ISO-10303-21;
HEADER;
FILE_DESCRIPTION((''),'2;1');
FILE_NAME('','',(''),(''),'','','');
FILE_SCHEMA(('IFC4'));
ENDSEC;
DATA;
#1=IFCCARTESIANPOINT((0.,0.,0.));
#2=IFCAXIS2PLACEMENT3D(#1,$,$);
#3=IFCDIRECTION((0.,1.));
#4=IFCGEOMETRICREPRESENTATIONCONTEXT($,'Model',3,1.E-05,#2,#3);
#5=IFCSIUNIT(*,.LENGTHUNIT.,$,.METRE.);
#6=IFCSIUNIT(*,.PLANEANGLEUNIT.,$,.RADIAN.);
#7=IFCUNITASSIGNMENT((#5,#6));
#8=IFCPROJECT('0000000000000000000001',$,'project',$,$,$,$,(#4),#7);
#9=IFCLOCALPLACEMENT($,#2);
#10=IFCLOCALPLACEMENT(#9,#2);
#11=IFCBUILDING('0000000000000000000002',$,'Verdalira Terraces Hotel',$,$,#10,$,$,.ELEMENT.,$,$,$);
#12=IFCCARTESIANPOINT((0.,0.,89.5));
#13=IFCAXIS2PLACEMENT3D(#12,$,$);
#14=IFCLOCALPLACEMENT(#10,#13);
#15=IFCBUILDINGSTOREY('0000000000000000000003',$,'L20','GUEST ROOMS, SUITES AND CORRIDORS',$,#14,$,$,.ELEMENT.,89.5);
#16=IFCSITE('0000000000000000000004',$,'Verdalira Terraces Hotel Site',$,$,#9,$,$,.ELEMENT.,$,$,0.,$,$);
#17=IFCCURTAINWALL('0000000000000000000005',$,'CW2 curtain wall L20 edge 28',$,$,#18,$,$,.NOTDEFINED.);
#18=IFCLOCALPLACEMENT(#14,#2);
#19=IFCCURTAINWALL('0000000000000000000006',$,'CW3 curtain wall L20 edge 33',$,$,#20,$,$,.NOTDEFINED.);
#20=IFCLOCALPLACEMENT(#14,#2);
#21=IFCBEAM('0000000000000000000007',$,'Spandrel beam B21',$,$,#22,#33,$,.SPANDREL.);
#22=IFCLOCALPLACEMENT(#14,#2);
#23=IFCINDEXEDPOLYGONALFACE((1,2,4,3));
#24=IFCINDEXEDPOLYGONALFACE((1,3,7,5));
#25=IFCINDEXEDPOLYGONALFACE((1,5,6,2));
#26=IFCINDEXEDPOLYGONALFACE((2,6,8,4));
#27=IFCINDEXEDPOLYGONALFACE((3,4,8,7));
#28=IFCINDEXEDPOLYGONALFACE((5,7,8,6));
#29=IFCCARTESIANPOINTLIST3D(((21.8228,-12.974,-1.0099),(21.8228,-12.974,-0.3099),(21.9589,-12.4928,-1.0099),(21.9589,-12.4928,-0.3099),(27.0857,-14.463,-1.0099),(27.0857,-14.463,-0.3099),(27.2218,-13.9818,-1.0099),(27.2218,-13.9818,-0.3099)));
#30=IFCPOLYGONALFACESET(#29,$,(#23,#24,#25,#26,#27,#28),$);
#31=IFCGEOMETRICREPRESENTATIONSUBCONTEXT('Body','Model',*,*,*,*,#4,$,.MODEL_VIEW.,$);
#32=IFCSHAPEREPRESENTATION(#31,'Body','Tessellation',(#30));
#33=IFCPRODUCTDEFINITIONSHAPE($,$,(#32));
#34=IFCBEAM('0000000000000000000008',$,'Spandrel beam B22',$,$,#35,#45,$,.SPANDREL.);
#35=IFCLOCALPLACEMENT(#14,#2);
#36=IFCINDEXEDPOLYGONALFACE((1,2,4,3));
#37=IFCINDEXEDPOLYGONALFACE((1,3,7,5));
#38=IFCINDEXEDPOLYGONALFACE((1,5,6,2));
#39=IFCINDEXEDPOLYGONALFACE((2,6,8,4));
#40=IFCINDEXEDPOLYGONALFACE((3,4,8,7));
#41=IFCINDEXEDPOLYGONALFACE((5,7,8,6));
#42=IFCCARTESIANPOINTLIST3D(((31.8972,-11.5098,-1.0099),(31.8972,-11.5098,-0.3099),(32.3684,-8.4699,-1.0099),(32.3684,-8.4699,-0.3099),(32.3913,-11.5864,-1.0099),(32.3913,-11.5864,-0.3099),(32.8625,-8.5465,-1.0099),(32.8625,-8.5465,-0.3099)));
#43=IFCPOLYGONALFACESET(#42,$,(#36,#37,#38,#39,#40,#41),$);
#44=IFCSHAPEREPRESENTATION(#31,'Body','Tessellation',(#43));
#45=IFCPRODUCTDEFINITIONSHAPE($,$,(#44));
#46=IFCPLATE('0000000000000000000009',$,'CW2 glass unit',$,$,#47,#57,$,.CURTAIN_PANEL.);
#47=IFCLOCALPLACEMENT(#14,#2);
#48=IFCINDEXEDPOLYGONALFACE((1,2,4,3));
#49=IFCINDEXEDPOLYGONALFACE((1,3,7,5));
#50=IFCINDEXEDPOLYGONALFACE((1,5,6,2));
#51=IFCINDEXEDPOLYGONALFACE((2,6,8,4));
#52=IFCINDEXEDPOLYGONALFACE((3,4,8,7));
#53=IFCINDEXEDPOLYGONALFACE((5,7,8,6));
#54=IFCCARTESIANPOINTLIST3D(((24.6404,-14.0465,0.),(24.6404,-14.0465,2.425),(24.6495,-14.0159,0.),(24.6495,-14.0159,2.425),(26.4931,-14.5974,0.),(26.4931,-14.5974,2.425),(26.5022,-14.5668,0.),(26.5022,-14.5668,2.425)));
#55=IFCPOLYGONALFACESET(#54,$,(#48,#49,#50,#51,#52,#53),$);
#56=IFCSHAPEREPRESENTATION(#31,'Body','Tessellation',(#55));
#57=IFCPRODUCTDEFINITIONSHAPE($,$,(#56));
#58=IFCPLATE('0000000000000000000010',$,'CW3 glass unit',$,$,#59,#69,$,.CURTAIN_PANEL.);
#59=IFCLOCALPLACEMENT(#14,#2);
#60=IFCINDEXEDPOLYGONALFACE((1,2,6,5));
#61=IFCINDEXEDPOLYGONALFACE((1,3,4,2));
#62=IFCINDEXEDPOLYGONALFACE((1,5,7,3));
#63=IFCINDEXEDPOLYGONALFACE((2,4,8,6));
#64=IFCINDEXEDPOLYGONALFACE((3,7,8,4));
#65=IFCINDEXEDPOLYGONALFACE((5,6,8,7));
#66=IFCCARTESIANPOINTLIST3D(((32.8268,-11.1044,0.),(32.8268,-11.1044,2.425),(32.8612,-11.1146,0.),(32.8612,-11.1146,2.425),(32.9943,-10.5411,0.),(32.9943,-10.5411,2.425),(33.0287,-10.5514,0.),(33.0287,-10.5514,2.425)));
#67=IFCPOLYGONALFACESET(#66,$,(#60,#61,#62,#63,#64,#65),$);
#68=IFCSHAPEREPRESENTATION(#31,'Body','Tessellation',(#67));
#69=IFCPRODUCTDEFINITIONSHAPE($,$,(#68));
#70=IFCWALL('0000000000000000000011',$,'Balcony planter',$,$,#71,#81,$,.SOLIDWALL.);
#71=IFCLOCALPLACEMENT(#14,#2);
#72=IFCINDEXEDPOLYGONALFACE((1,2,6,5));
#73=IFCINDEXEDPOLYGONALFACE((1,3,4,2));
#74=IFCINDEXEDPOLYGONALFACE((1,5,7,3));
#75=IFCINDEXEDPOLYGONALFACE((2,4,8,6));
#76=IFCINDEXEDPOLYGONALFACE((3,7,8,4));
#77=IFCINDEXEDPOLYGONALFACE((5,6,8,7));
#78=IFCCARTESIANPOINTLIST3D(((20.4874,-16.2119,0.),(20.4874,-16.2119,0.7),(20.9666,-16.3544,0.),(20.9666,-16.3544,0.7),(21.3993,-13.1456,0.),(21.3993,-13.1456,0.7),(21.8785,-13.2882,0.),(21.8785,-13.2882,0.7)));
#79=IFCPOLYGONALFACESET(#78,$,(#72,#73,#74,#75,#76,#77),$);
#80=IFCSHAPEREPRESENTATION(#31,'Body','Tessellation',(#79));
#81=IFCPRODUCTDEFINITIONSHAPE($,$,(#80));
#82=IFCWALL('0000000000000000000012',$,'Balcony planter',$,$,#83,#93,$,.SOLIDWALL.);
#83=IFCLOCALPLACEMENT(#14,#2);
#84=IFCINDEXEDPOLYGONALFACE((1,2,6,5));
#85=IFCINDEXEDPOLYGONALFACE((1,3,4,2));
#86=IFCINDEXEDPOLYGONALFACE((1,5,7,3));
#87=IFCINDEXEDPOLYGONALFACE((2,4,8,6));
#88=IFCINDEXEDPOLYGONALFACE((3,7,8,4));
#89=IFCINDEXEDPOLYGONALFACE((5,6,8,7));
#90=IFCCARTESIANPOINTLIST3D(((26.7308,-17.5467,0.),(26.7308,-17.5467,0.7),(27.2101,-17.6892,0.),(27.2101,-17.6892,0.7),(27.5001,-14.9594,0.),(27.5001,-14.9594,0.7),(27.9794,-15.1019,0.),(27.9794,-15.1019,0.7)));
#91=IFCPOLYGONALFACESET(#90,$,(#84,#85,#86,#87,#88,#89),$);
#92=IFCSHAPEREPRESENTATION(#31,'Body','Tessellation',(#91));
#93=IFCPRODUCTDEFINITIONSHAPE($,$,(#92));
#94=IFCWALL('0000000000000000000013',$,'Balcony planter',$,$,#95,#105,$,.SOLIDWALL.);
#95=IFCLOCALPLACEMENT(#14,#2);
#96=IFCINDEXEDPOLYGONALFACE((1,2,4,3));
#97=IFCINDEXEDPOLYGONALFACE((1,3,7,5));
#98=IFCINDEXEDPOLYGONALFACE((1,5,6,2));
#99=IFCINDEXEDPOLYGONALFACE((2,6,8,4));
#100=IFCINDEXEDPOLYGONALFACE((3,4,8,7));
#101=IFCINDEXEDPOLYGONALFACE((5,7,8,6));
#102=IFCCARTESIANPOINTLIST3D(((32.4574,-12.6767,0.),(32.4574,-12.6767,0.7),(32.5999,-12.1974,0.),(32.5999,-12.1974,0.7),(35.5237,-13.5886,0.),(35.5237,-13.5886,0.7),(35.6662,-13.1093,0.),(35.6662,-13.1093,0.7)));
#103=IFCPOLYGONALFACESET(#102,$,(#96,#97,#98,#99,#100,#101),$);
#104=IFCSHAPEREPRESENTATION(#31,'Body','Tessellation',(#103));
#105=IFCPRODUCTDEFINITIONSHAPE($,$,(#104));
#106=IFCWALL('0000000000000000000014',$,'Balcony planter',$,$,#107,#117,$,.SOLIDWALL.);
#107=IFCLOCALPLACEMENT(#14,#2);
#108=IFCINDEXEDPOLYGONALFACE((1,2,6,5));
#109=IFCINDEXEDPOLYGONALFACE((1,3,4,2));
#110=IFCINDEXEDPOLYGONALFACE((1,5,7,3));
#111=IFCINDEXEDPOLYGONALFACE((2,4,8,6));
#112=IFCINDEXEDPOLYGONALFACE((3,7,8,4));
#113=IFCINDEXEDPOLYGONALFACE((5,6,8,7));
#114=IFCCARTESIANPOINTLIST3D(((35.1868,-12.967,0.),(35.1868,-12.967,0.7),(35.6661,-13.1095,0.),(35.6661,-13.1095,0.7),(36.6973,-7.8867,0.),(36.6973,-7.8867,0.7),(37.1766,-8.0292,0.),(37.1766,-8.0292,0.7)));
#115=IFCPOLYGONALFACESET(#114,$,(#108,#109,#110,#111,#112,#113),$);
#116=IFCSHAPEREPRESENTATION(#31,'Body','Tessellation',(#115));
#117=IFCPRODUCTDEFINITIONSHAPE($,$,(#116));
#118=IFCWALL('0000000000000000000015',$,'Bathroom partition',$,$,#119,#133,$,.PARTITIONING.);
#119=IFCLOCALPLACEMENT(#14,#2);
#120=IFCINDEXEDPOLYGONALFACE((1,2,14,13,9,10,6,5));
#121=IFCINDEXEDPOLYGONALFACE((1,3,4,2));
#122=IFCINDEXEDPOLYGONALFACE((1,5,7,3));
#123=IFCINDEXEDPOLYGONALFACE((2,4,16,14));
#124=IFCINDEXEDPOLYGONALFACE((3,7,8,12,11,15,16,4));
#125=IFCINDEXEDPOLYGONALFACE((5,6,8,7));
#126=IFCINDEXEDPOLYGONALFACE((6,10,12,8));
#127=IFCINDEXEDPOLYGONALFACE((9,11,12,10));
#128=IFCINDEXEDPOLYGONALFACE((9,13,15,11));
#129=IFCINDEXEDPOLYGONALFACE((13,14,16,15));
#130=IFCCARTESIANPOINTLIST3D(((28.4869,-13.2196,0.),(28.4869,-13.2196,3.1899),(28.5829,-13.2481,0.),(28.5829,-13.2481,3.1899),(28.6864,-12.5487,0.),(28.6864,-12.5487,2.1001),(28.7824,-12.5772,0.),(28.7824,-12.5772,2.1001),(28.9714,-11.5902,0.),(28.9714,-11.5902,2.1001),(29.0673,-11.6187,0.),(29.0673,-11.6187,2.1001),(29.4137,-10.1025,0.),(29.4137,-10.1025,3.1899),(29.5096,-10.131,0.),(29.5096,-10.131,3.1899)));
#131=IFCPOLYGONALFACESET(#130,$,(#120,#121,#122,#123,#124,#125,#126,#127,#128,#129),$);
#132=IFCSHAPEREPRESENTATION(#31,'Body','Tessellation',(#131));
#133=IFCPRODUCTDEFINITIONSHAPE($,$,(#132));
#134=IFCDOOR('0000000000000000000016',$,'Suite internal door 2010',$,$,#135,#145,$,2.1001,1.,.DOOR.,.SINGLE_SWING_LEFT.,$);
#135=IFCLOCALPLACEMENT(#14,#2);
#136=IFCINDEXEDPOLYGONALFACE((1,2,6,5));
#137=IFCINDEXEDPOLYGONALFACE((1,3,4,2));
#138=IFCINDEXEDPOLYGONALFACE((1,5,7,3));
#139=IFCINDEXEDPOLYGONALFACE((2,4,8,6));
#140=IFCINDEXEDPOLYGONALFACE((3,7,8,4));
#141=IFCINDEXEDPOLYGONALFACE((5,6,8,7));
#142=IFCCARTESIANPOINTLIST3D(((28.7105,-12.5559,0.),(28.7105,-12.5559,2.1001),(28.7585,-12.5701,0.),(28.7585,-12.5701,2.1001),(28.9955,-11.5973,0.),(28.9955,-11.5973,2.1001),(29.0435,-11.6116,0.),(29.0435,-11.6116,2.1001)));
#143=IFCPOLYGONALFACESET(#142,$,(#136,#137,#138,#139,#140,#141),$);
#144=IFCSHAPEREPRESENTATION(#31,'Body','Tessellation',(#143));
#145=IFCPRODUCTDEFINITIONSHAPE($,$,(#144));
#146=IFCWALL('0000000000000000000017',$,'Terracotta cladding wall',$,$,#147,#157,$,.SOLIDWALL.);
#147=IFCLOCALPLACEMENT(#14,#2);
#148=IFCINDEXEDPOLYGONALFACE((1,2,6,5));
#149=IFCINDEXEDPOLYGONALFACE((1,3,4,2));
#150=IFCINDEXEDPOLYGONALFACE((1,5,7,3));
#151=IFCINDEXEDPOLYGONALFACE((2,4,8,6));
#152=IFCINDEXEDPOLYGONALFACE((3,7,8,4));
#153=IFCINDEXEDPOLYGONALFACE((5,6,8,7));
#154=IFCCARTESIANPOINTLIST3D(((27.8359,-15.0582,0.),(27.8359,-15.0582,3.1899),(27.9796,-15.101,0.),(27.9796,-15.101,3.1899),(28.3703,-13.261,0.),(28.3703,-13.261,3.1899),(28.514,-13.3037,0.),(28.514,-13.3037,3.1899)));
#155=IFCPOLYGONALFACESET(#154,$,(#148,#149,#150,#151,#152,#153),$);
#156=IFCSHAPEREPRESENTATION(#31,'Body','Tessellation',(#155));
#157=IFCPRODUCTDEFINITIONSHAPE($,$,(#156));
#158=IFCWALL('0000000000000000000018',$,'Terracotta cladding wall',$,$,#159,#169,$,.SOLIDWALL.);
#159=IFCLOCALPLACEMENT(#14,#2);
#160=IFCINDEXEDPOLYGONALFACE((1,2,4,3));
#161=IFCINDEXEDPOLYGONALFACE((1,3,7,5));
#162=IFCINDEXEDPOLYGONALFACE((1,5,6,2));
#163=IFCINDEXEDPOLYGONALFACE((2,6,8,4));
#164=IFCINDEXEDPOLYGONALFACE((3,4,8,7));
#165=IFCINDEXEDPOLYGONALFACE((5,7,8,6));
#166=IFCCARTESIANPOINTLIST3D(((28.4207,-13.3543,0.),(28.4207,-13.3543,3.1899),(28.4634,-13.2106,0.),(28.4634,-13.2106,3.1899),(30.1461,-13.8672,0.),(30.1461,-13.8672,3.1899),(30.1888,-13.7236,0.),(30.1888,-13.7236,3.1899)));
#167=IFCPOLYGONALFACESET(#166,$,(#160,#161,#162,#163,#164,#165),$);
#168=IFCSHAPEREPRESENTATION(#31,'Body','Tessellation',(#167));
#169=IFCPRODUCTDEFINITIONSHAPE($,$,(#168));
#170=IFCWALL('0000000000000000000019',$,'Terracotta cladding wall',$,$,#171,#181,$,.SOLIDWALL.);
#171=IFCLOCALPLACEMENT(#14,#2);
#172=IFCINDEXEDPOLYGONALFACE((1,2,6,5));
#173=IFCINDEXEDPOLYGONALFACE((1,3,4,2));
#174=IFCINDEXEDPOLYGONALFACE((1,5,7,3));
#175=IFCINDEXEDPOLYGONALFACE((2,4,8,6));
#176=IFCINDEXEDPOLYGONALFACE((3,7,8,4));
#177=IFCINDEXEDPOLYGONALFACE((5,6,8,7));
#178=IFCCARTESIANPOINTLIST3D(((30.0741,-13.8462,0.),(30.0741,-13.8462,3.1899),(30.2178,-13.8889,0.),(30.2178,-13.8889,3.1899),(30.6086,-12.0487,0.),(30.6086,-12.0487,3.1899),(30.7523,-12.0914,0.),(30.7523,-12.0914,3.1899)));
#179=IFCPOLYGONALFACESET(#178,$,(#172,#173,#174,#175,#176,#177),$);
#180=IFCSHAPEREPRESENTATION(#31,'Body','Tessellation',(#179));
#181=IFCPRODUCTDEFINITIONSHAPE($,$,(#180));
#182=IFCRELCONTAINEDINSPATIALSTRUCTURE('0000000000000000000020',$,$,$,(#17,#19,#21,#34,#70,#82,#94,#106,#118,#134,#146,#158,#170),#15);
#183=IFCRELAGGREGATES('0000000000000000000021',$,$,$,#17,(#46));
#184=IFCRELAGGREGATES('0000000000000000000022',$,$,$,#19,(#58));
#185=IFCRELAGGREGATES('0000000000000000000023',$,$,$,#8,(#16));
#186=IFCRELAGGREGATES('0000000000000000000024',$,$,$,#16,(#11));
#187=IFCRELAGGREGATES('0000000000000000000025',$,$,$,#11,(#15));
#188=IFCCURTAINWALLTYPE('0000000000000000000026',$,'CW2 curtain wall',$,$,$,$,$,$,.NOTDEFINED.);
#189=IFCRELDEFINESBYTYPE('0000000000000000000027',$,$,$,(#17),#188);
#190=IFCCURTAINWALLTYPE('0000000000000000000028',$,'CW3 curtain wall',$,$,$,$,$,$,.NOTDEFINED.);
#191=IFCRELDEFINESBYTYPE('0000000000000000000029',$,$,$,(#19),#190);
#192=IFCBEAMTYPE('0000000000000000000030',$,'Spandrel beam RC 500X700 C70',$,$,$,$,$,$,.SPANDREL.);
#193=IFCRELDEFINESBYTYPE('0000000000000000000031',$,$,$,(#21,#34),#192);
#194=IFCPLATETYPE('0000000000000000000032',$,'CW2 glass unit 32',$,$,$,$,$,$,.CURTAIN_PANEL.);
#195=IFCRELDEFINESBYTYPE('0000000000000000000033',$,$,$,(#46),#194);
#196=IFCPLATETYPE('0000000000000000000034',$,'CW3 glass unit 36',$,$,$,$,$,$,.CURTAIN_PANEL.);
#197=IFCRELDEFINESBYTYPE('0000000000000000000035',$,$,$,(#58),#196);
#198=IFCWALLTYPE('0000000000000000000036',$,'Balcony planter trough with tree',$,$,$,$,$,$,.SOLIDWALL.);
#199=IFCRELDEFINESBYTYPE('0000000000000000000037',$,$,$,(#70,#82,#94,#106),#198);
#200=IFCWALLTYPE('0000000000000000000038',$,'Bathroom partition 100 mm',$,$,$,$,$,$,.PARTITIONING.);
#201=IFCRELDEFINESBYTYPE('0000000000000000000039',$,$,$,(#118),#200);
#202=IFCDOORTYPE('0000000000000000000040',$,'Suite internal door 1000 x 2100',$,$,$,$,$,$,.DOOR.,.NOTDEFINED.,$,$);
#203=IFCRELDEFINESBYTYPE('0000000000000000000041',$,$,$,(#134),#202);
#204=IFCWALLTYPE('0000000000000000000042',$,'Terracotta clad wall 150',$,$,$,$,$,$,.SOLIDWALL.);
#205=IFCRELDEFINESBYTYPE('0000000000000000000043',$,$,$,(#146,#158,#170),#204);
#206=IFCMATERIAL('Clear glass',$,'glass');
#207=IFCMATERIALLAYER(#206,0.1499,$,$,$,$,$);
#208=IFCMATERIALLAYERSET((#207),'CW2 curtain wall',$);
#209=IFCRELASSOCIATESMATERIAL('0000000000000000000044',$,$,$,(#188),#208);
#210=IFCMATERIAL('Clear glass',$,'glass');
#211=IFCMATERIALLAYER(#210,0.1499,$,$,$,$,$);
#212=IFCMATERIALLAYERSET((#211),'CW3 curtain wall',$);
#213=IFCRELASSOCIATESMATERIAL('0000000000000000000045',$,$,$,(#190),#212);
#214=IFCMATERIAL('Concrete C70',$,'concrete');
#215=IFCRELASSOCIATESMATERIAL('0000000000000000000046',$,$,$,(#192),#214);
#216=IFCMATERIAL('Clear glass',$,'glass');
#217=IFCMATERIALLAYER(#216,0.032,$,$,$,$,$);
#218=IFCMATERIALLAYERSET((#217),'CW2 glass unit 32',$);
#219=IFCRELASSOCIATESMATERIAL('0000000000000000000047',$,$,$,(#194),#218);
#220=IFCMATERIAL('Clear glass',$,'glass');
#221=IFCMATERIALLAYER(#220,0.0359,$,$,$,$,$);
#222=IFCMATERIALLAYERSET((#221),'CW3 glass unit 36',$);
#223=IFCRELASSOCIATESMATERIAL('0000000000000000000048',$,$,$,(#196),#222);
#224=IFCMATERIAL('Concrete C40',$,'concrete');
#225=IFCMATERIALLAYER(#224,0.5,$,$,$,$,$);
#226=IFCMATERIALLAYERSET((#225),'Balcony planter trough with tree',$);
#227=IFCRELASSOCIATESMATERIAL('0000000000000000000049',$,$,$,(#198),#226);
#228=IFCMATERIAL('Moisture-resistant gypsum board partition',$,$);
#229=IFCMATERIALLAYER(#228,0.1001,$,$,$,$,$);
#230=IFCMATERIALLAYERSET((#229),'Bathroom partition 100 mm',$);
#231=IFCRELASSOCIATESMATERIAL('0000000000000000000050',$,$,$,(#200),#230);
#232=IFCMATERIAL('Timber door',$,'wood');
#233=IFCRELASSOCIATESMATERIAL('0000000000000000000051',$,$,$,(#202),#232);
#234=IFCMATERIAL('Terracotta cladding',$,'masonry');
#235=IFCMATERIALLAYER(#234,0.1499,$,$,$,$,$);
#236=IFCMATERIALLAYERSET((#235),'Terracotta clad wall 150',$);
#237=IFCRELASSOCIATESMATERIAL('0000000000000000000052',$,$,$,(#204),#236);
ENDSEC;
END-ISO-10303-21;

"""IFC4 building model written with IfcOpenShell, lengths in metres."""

from ifc_helpers import new_model, si_unit, direction, frame, frame_2d, origin, origin_2d, place, context, subcontext, project, spatial, rectangle, extrude, material, layer, layer_set, material_profile, profile_set, type_object, element, fill, aggregate, save


model = new_model("IFC4")

# Units and contexts
model_context = context("Model", 3, precision=1e-05, world=origin(), true_north=direction((0.0, 1.0)))
body_context = subcontext(model_context, "Body", "Model", "MODEL_VIEW")
ifc_project = project(units=[si_unit("LENGTHUNIT", "METRE"), si_unit("PLANEANGLEUNIT", "RADIAN")], contexts=[model_context])

# Site, building, storey
site_placement = place(None, origin())
site = spatial("IfcSite", under=ifc_project, at=site_placement, Name="Verdalira Terraces Hotel Site", CompositionType="ELEMENT", RefElevation=0.0)
building_placement = place(site_placement, origin())
building = spatial("IfcBuilding", under=site, at=building_placement, Name="Verdalira Terraces Hotel", CompositionType="ELEMENT")
storey_placement = place(building_placement, frame((0.0, 0.0, 89.5)))
storey = spatial("IfcBuildingStorey", under=building, at=storey_placement, Name="L20", Description="GUEST ROOMS, SUITES AND CORRIDORS", CompositionType="ELEMENT", Elevation=89.5)

# Curtain walls
ifc_material_1 = material(Name="Clear glass", Category="glass")
ifc_layer_1 = layer(ifc_material_1, 0.1499)
ifc_layer_set_1 = layer_set([ifc_layer_1], Name="CW2 curtain wall")
curtain_wall_type_1 = type_object("IfcCurtainWallType", Name="CW2 curtain wall", PredefinedType="NOTDEFINED", material=ifc_layer_set_1)
curtain_wall_1_placement = place(storey_placement, origin())
curtain_wall_1 = element("IfcCurtainWall", 1, at=curtain_wall_1_placement, inside=storey, type_object=curtain_wall_type_1, Name="CW2 curtain wall L20 edge 28", PredefinedType="NOTDEFINED")
ifc_material_2 = material(Name="Clear glass", Category="glass")
ifc_layer_2 = layer(ifc_material_2, 0.1499)
ifc_layer_set_2 = layer_set([ifc_layer_2], Name="CW3 curtain wall")
curtain_wall_type_2 = type_object("IfcCurtainWallType", Name="CW3 curtain wall", PredefinedType="NOTDEFINED", material=ifc_layer_set_2)
curtain_wall_2_placement = place(storey_placement, origin())
curtain_wall_2 = element("IfcCurtainWall", 2, at=curtain_wall_2_placement, inside=storey, type_object=curtain_wall_type_2, Name="CW3 curtain wall L20 edge 33", PredefinedType="NOTDEFINED")

# Beams
ifc_material_3 = material(Name="Concrete C70", Category="concrete")
ifc_material_profile_1 = material_profile(ifc_material_3, rectangle(XDim=0.5, YDim=0.7, at=origin_2d()), Name="RC 500X700")
ifc_profile_set_1 = profile_set([ifc_material_profile_1], Name="Concrete C70")
beam_type_1 = type_object("IfcBeamType", Name="Spandrel beam RC 500X700 C70", PredefinedType="SPANDREL", material=ifc_profile_set_1)
beam_1_placement = place(storey_placement, frame((21.8909, -12.7334, -0.6599), z_axis=(0.96223, -0.272238, 0.0), x_axis=(0.272238, 0.96223, 0.0)))
element("IfcBeam", 3, at=beam_1_placement, inside=storey, type_object=beam_type_1, Name="Spandrel beam B21", PredefinedType="SPANDREL", context=body_context, shape_type="SweptSolid", body=[
    extrude(rectangle(XDim=0.5, YDim=0.7, at=origin_2d()), origin(), (0.0, 0.0, 1.0), 5.4695),
])
beam_2_placement = place(storey_placement, frame((32.1443, -11.5481, -0.6599), z_axis=(0.153178, 0.988199, 0.0), x_axis=(-0.988199, 0.153178, 0.0)))
element("IfcBeam", 4, at=beam_2_placement, inside=storey, type_object=beam_type_1, Name="Spandrel beam B22", PredefinedType="SPANDREL", context=body_context, shape_type="SweptSolid", body=[
    extrude(rectangle(XDim=0.5, YDim=0.7, at=origin_2d()), origin(), (0.0, 0.0, 1.0), 3.0762),
])

# Plates
ifc_material_4 = material(Name="Clear glass", Category="glass")
ifc_layer_3 = layer(ifc_material_4, 0.032)
ifc_layer_set_3 = layer_set([ifc_layer_3], Name="CW2 glass unit 32")
plate_type_1 = type_object("IfcPlateType", Name="CW2 glass unit 32", PredefinedType="CURTAIN_PANEL", material=ifc_layer_set_3)
plate_1_placement = place(storey_placement, frame((25.5713, -14.3066, 0.0), z_axis=(0.0, 0.0, 1.0), x_axis=(0.958522, -0.285019, 0.0)))
plate_1 = element("IfcPlate", 5, at=plate_1_placement, type_object=plate_type_1, Name="CW2 glass unit", PredefinedType="CURTAIN_PANEL", context=body_context, shape_type="SweptSolid", body=[
    extrude(rectangle(XDim=1.9329, YDim=0.032, at=origin_2d()), origin(), (0.0, 0.0, 1.0), 2.425),
])
aggregate(curtain_wall_1, [plate_1])
ifc_material_5 = material(Name="Clear glass", Category="glass")
ifc_layer_4 = layer(ifc_material_5, 0.0359)
ifc_layer_set_4 = layer_set([ifc_layer_4], Name="CW3 glass unit 36")
plate_type_2 = type_object("IfcPlateType", Name="CW3 glass unit 36", PredefinedType="CURTAIN_PANEL", material=ifc_layer_set_4)
plate_2_placement = place(storey_placement, frame((32.9277, -10.8279, 0.0), z_axis=(0.0, 0.0, 1.0), x_axis=(0.285019, 0.958522, 0.0)))
plate_2 = element("IfcPlate", 6, at=plate_2_placement, type_object=plate_type_2, Name="CW3 glass unit", PredefinedType="CURTAIN_PANEL", context=body_context, shape_type="SweptSolid", body=[
    extrude(rectangle(XDim=0.5876, YDim=0.0359, at=origin_2d()), origin(), (0.0, 0.0, 1.0), 2.425),
])
aggregate(curtain_wall_2, [plate_2])

# Walls
ifc_material_6 = material(Name="Concrete C40", Category="concrete")
ifc_layer_5 = layer(ifc_material_6, 0.5)
ifc_layer_set_5 = layer_set([ifc_layer_5], Name="Balcony planter trough with tree")
wall_type_1 = type_object("IfcWallType", Name="Balcony planter trough with tree", PredefinedType="SOLIDWALL", material=ifc_layer_set_5)
wall_1_placement = place(storey_placement, frame((21.6389, -13.2168, 0.0), z_axis=(0.0, 0.0, 1.0), x_axis=(-0.285057, -0.95851, 0.0)))
element("IfcWall", 7, at=wall_1_placement, inside=storey, type_object=wall_type_1, Name="Balcony planter", PredefinedType="SOLIDWALL", context=body_context, shape_type="SweptSolid", body=[
    extrude(rectangle(XDim=3.199, YDim=0.5, at=frame_2d((1.5996, 0.0))), origin(), (0.0, 0.0, 1.0), 0.7),
])
wall_2_placement = place(storey_placement, frame((26.9705, -17.6179, 0.0), z_axis=(0.0, 0.0, 1.0), x_axis=(0.285015, 0.958523, 0.0)))
element("IfcWall", 8, at=wall_2_placement, inside=storey, type_object=wall_type_1, Name="Balcony planter", PredefinedType="SOLIDWALL", context=body_context, shape_type="SweptSolid", body=[
    extrude(rectangle(XDim=2.6992, YDim=0.5, at=frame_2d((1.3496, 0.0))), origin(), (0.0, 0.0, 1.0), 0.7),
])
wall_3_placement = place(storey_placement, frame((32.5286, -12.437, 0.0), z_axis=(0.0, 0.0, 1.0), x_axis=(0.95851, -0.285057, 0.0)))
element("IfcWall", 9, at=wall_3_placement, inside=storey, type_object=wall_type_1, Name="Balcony planter", PredefinedType="SOLIDWALL", context=body_context, shape_type="SweptSolid", body=[
    extrude(rectangle(XDim=3.199, YDim=0.5, at=frame_2d((1.5996, 0.0))), origin(), (0.0, 0.0, 1.0), 0.7),
])
wall_4_placement = place(storey_placement, frame((35.4265, -13.0381, 0.0), z_axis=(0.0, 0.0, 1.0), x_axis=(0.284993, 0.95853, 0.0)))
element("IfcWall", 10, at=wall_4_placement, inside=storey, type_object=wall_type_1, Name="Balcony planter", PredefinedType="SOLIDWALL", context=body_context, shape_type="SweptSolid", body=[
    extrude(rectangle(XDim=5.3, YDim=0.5, at=frame_2d((2.6499, 0.0))), origin(), (0.0, 0.0, 1.0), 0.7),
])

# Wall, opening, door
ifc_material_7 = material(Name="Moisture-resistant gypsum board partition")
ifc_layer_6 = layer(ifc_material_7, 0.1001)
ifc_layer_set_6 = layer_set([ifc_layer_6], Name="Bathroom partition 100 mm")
wall_type_2 = type_object("IfcWallType", Name="Bathroom partition 100 mm", PredefinedType="PARTITIONING", material=ifc_layer_set_6)
wall_5_placement = place(storey_placement, frame((28.5349, -13.2339, 0.0), z_axis=(0.0, 0.0, 1.0), x_axis=(0.284978, 0.958534, 0.0)))
wall_5 = element("IfcWall", 11, at=wall_5_placement, inside=storey, type_object=wall_type_2, Name="Bathroom partition", PredefinedType="PARTITIONING", context=body_context, shape_type="SweptSolid", body=[
    extrude(rectangle(XDim=3.252, YDim=0.1001, at=frame_2d((1.626, 0.0))), origin(), (0.0, 0.0, 1.0), 3.1899),
])
opening_1_placement = place(wall_5_placement, frame((0.7, 0.0, 0.0)))
opening_1 = element("IfcOpeningElement", 12, at=opening_1_placement, cuts=wall_5, PredefinedType="OPENING", context=body_context, shape_type="SweptSolid", body=[
    extrude(rectangle(XDim=1.0, YDim=2.1001, at=frame_2d((0.5, 1.05))), frame((0.0, 0.0601, 0.0), z_axis=(0.0, -1.0, 0.0), x_axis=(1.0, 0.0, 0.0)), (0.0, 0.0, 1.0), 0.1201),
])
ifc_material_8 = material(Name="Timber door", Category="wood")
door_type_1 = type_object("IfcDoorType", Name="Suite internal door 1000 x 2100", OperationType="NOTDEFINED", PredefinedType="DOOR", material=ifc_material_8)
door_1_placement = place(opening_1_placement, origin())
door_1 = element("IfcDoor", 13, at=door_1_placement, inside=storey, type_object=door_type_1, Name="Suite internal door 2010", OperationType="SINGLE_SWING_LEFT", OverallHeight=2.1001, OverallWidth=1.0, PredefinedType="DOOR", context=body_context, shape_type="SweptSolid", body=[
    extrude(rectangle(XDim=1.0, YDim=2.1001, at=frame_2d((0.5, 1.05))), frame((0.0, 0.0249, 0.0), z_axis=(0.0, -1.0, 0.0), x_axis=(1.0, 0.0, 0.0)), (0.0, 0.0, 1.0), 0.05),
])
fill(opening_1, door_1)

# Walls
ifc_material_9 = material(Name="Terracotta cladding", Category="masonry")
ifc_layer_7 = layer(ifc_material_9, 0.1499)
ifc_layer_set_7 = layer_set([ifc_layer_7], Name="Terracotta clad wall 150")
wall_type_3 = type_object("IfcWallType", Name="Terracotta clad wall 150", PredefinedType="SOLIDWALL", material=ifc_layer_set_7)
wall_6_placement = place(storey_placement, frame((27.9077, -15.0796, 0.0), z_axis=(0.0, 0.0, 1.0), x_axis=(0.285041, 0.958515, 0.0)))
element("IfcWall", 14, at=wall_6_placement, inside=storey, type_object=wall_type_3, Name="Terracotta cladding wall", PredefinedType="SOLIDWALL", context=body_context, shape_type="SweptSolid", body=[
    extrude(rectangle(XDim=1.875, YDim=0.1499, at=frame_2d((0.9375, 0.0))), origin(), (0.0, 0.0, 1.0), 3.1899),
])
wall_7_placement = place(storey_placement, frame((28.4421, -13.2825, 0.0), z_axis=(0.0, 0.0, 1.0), x_axis=(0.958536, -0.28497, 0.0)))
element("IfcWall", 15, at=wall_7_placement, inside=storey, type_object=wall_type_3, Name="Terracotta cladding wall", PredefinedType="SOLIDWALL", context=body_context, shape_type="SweptSolid", body=[
    extrude(rectangle(XDim=1.8, YDim=0.1499, at=frame_2d((0.8999, 0.0))), origin(), (0.0, 0.0, 1.0), 3.1899),
])
for number, where, z_axis, x_axis, name in (
    (16, (30.146, -13.8674, 0.0), (0.0, 0.0, 1.0), (0.285006, 0.958526, 0.0), "Terracotta cladding wall"),
):
    element("IfcWall", number, at=place(storey_placement, frame(where, z_axis=z_axis, x_axis=x_axis)), inside=storey, type_object=wall_type_3, Name=name, PredefinedType="SOLIDWALL", context=body_context, shape_type="SweptSolid", body=[
        extrude(rectangle(XDim=1.8752, YDim=0.1499, at=frame_2d((0.9375, 0.0))), origin(), (0.0, 0.0, 1.0), 3.1899),
    ])

save(model, "model.ifc")
